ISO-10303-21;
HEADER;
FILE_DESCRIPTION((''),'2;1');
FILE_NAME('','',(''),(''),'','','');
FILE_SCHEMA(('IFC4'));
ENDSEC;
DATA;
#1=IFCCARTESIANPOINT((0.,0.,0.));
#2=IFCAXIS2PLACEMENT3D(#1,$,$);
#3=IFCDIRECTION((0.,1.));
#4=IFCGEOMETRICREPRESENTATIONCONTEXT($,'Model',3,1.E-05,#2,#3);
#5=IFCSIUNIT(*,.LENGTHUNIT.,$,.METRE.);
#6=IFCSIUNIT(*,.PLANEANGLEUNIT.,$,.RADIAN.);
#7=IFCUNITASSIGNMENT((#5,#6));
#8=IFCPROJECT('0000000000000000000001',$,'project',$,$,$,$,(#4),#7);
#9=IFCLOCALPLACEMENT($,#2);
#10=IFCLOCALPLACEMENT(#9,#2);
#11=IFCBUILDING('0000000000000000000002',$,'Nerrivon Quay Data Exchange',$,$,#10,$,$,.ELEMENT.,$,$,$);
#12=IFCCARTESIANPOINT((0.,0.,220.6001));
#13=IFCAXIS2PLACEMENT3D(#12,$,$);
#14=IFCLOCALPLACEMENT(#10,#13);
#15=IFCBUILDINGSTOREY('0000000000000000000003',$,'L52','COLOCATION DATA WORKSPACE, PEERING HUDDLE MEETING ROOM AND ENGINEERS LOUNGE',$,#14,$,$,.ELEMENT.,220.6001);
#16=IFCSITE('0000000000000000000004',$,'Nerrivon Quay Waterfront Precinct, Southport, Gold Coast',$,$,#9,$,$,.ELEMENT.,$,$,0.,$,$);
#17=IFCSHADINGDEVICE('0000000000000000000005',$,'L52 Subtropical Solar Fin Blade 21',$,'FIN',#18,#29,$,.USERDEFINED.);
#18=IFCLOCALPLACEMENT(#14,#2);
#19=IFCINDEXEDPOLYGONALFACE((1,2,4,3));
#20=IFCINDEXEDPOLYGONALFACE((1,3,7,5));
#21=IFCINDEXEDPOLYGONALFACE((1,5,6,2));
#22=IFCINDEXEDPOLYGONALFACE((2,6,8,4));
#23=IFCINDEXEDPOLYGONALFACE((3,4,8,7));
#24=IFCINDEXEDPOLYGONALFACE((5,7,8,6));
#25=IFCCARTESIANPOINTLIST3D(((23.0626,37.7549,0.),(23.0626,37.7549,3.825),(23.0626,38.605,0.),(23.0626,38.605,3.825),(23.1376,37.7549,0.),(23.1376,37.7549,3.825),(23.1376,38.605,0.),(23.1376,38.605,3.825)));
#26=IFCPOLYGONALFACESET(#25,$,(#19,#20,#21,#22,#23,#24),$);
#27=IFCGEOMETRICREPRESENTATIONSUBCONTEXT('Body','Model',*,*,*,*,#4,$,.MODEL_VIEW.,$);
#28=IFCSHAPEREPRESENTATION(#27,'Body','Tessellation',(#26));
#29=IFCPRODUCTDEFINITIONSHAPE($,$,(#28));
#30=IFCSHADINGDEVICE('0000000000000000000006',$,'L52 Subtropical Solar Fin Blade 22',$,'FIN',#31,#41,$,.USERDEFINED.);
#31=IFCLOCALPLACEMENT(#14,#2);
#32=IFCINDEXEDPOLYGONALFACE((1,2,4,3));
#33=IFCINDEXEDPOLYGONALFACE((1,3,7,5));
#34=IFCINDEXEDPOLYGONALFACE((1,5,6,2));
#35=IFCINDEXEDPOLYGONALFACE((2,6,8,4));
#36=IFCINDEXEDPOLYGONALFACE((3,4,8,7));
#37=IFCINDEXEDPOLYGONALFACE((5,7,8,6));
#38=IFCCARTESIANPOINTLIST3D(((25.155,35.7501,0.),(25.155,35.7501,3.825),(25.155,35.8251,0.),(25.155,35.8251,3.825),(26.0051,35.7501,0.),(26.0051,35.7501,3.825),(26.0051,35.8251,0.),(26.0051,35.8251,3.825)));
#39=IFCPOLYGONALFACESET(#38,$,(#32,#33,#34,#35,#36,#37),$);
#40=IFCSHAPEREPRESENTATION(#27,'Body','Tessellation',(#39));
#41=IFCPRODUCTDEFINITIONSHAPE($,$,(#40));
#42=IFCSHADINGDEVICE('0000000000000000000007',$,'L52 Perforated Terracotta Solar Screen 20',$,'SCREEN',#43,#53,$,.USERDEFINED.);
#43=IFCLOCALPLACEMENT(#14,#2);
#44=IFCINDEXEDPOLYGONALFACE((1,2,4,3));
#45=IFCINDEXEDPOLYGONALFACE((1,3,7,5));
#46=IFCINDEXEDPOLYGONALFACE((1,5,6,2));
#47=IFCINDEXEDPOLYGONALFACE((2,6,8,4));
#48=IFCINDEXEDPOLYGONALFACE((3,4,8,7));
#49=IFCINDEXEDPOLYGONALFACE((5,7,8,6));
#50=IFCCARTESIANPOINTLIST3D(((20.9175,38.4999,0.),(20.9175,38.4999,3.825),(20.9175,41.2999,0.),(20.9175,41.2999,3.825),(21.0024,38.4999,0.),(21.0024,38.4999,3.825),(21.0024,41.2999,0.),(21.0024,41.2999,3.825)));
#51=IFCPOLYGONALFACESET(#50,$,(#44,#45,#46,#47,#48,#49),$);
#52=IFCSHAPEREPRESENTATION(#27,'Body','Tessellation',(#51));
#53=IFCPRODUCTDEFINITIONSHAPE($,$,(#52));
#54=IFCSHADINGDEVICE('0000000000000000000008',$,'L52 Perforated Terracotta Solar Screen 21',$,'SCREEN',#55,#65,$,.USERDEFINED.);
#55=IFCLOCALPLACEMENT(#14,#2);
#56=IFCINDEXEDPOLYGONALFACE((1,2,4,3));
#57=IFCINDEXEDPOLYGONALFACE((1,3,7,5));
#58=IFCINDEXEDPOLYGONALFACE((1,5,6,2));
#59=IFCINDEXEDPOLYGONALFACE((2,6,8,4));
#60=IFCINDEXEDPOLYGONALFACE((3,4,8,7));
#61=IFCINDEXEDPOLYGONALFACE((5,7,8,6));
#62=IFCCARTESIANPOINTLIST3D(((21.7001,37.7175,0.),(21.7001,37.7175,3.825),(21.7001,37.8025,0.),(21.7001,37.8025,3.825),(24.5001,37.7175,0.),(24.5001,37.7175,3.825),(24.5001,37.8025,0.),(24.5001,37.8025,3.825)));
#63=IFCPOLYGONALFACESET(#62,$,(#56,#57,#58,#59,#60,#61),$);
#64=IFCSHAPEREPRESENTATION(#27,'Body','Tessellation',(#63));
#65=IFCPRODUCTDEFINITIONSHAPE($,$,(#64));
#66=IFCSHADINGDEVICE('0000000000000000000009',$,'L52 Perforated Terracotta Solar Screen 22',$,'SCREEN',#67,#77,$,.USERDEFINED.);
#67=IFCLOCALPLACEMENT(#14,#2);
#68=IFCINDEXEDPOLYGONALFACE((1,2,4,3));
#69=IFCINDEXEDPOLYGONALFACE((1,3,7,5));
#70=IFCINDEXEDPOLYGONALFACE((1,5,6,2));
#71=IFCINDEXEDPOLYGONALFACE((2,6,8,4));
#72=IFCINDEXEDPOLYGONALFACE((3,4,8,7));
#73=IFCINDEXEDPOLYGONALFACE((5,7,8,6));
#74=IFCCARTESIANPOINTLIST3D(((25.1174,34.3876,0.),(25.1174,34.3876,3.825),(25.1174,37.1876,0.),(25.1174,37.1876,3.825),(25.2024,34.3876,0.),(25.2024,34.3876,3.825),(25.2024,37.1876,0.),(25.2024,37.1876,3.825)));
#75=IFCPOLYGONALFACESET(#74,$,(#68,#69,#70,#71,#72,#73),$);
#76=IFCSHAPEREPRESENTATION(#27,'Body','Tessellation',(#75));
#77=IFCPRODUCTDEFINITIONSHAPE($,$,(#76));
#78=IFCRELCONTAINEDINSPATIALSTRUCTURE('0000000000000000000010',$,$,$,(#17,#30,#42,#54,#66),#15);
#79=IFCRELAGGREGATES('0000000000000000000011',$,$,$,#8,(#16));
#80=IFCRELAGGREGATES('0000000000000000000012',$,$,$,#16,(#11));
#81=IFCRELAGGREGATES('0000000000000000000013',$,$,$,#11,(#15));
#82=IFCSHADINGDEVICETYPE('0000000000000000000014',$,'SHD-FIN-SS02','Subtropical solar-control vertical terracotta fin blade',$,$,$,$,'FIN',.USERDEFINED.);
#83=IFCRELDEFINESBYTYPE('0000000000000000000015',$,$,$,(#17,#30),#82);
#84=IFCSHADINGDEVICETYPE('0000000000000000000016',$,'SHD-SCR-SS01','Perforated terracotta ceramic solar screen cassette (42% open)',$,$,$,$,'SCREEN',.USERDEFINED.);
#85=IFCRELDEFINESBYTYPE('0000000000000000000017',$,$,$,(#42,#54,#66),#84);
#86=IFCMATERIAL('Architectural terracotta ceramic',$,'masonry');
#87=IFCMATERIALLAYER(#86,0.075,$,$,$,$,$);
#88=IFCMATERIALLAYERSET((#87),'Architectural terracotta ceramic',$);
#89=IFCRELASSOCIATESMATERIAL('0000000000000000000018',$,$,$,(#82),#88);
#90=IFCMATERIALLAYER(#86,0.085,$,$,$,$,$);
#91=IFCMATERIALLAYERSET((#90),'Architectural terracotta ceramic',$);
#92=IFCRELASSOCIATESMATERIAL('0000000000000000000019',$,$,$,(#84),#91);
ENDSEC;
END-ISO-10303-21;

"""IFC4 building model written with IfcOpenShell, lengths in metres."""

from ifc_helpers import new_model, si_unit, direction, frame, origin, origin_2d, place, context, subcontext, project, spatial, rectangle, extrude, material, layer, layer_set, type_object, element, save


model = new_model("IFC4")

# Units and contexts
model_context = context("Model", 3, precision=1e-05, world=origin(), true_north=direction((0.0, 1.0)))
body_context = subcontext(model_context, "Body", "Model", "MODEL_VIEW")
ifc_project = project(units=[si_unit("LENGTHUNIT", "METRE"), si_unit("PLANEANGLEUNIT", "RADIAN")], contexts=[model_context])

# Site, building, storey
site_placement = place(None, origin())
site = spatial("IfcSite", under=ifc_project, at=site_placement, Name="Nerrivon Quay Waterfront Precinct, Southport, Gold Coast", CompositionType="ELEMENT", RefElevation=0.0)
building_placement = place(site_placement, origin())
building = spatial("IfcBuilding", under=site, at=building_placement, Name="Nerrivon Quay Data Exchange", CompositionType="ELEMENT")
storey_placement = place(building_placement, frame((0.0, 0.0, 220.6001)))
storey = spatial("IfcBuildingStorey", under=building, at=storey_placement, Name="L52", Description="COLOCATION DATA WORKSPACE, PEERING HUDDLE MEETING ROOM AND ENGINEERS LOUNGE", CompositionType="ELEMENT", Elevation=220.6001)

# Shared definitions
ifc_material_1 = material(Name="Architectural terracotta ceramic", Category="masonry")

# Shading devices
ifc_layer_1 = layer(ifc_material_1, 0.075)
ifc_layer_set_1 = layer_set([ifc_layer_1], Name="Architectural terracotta ceramic")
shading_device_type_1 = type_object("IfcShadingDeviceType", Name="SHD-FIN-SS02", Description="Subtropical solar-control vertical terracotta fin blade", ElementType="FIN", PredefinedType="USERDEFINED", material=ifc_layer_set_1)
for number, where, z_axis, x_axis, name in (
    (1, (23.1001, 38.1799, 0.0), (0.0, 0.0, 1.0), (1.0, 0.0, 0.0), "L52 Subtropical Solar Fin Blade 21"),
    (2, (25.5801, 35.7876, 0.0), (0.0, 0.0, 1.0), (0.0, -1.0, 0.0), "L52 Subtropical Solar Fin Blade 22"),
):
    element("IfcShadingDevice", number, at=place(storey_placement, frame(where, z_axis=z_axis, x_axis=x_axis)), inside=storey, type_object=shading_device_type_1, Name=name, ObjectType="FIN", PredefinedType="USERDEFINED", context=body_context, shape_type="SweptSolid", body=[
        extrude(rectangle(XDim=0.075, YDim=0.8501, at=origin_2d()), origin(), (0.0, 0.0, 1.0), 3.825),
    ])
ifc_layer_2 = layer(ifc_material_1, 0.085)
ifc_layer_set_2 = layer_set([ifc_layer_2], Name="Architectural terracotta ceramic")
shading_device_type_2 = type_object("IfcShadingDeviceType", Name="SHD-SCR-SS01", Description="Perforated terracotta ceramic solar screen cassette (42% open)", ElementType="SCREEN", PredefinedType="USERDEFINED", material=ifc_layer_set_2)
for number, where, z_axis, x_axis, name in (
    (3, (20.96, 39.8999, 0.0), (0.0, 0.0, 1.0), (0.0, -1.0, 0.0), "L52 Perforated Terracotta Solar Screen 20"),
    (4, (23.1001, 37.76, 0.0), (0.0, 0.0, 1.0), (1.0, 0.0, 0.0), "L52 Perforated Terracotta Solar Screen 21"),
    (5, (25.1599, 35.7876, 0.0), (0.0, 0.0, 1.0), (0.0, -1.0, 0.0), "L52 Perforated Terracotta Solar Screen 22"),
):
    element("IfcShadingDevice", number, at=place(storey_placement, frame(where, z_axis=z_axis, x_axis=x_axis)), inside=storey, type_object=shading_device_type_2, Name=name, ObjectType="SCREEN", PredefinedType="USERDEFINED", context=body_context, shape_type="SweptSolid", body=[
        extrude(rectangle(XDim=2.8, YDim=0.085, at=origin_2d()), origin(), (0.0, 0.0, 1.0), 3.825),
    ])

save(model, "model.ifc")
